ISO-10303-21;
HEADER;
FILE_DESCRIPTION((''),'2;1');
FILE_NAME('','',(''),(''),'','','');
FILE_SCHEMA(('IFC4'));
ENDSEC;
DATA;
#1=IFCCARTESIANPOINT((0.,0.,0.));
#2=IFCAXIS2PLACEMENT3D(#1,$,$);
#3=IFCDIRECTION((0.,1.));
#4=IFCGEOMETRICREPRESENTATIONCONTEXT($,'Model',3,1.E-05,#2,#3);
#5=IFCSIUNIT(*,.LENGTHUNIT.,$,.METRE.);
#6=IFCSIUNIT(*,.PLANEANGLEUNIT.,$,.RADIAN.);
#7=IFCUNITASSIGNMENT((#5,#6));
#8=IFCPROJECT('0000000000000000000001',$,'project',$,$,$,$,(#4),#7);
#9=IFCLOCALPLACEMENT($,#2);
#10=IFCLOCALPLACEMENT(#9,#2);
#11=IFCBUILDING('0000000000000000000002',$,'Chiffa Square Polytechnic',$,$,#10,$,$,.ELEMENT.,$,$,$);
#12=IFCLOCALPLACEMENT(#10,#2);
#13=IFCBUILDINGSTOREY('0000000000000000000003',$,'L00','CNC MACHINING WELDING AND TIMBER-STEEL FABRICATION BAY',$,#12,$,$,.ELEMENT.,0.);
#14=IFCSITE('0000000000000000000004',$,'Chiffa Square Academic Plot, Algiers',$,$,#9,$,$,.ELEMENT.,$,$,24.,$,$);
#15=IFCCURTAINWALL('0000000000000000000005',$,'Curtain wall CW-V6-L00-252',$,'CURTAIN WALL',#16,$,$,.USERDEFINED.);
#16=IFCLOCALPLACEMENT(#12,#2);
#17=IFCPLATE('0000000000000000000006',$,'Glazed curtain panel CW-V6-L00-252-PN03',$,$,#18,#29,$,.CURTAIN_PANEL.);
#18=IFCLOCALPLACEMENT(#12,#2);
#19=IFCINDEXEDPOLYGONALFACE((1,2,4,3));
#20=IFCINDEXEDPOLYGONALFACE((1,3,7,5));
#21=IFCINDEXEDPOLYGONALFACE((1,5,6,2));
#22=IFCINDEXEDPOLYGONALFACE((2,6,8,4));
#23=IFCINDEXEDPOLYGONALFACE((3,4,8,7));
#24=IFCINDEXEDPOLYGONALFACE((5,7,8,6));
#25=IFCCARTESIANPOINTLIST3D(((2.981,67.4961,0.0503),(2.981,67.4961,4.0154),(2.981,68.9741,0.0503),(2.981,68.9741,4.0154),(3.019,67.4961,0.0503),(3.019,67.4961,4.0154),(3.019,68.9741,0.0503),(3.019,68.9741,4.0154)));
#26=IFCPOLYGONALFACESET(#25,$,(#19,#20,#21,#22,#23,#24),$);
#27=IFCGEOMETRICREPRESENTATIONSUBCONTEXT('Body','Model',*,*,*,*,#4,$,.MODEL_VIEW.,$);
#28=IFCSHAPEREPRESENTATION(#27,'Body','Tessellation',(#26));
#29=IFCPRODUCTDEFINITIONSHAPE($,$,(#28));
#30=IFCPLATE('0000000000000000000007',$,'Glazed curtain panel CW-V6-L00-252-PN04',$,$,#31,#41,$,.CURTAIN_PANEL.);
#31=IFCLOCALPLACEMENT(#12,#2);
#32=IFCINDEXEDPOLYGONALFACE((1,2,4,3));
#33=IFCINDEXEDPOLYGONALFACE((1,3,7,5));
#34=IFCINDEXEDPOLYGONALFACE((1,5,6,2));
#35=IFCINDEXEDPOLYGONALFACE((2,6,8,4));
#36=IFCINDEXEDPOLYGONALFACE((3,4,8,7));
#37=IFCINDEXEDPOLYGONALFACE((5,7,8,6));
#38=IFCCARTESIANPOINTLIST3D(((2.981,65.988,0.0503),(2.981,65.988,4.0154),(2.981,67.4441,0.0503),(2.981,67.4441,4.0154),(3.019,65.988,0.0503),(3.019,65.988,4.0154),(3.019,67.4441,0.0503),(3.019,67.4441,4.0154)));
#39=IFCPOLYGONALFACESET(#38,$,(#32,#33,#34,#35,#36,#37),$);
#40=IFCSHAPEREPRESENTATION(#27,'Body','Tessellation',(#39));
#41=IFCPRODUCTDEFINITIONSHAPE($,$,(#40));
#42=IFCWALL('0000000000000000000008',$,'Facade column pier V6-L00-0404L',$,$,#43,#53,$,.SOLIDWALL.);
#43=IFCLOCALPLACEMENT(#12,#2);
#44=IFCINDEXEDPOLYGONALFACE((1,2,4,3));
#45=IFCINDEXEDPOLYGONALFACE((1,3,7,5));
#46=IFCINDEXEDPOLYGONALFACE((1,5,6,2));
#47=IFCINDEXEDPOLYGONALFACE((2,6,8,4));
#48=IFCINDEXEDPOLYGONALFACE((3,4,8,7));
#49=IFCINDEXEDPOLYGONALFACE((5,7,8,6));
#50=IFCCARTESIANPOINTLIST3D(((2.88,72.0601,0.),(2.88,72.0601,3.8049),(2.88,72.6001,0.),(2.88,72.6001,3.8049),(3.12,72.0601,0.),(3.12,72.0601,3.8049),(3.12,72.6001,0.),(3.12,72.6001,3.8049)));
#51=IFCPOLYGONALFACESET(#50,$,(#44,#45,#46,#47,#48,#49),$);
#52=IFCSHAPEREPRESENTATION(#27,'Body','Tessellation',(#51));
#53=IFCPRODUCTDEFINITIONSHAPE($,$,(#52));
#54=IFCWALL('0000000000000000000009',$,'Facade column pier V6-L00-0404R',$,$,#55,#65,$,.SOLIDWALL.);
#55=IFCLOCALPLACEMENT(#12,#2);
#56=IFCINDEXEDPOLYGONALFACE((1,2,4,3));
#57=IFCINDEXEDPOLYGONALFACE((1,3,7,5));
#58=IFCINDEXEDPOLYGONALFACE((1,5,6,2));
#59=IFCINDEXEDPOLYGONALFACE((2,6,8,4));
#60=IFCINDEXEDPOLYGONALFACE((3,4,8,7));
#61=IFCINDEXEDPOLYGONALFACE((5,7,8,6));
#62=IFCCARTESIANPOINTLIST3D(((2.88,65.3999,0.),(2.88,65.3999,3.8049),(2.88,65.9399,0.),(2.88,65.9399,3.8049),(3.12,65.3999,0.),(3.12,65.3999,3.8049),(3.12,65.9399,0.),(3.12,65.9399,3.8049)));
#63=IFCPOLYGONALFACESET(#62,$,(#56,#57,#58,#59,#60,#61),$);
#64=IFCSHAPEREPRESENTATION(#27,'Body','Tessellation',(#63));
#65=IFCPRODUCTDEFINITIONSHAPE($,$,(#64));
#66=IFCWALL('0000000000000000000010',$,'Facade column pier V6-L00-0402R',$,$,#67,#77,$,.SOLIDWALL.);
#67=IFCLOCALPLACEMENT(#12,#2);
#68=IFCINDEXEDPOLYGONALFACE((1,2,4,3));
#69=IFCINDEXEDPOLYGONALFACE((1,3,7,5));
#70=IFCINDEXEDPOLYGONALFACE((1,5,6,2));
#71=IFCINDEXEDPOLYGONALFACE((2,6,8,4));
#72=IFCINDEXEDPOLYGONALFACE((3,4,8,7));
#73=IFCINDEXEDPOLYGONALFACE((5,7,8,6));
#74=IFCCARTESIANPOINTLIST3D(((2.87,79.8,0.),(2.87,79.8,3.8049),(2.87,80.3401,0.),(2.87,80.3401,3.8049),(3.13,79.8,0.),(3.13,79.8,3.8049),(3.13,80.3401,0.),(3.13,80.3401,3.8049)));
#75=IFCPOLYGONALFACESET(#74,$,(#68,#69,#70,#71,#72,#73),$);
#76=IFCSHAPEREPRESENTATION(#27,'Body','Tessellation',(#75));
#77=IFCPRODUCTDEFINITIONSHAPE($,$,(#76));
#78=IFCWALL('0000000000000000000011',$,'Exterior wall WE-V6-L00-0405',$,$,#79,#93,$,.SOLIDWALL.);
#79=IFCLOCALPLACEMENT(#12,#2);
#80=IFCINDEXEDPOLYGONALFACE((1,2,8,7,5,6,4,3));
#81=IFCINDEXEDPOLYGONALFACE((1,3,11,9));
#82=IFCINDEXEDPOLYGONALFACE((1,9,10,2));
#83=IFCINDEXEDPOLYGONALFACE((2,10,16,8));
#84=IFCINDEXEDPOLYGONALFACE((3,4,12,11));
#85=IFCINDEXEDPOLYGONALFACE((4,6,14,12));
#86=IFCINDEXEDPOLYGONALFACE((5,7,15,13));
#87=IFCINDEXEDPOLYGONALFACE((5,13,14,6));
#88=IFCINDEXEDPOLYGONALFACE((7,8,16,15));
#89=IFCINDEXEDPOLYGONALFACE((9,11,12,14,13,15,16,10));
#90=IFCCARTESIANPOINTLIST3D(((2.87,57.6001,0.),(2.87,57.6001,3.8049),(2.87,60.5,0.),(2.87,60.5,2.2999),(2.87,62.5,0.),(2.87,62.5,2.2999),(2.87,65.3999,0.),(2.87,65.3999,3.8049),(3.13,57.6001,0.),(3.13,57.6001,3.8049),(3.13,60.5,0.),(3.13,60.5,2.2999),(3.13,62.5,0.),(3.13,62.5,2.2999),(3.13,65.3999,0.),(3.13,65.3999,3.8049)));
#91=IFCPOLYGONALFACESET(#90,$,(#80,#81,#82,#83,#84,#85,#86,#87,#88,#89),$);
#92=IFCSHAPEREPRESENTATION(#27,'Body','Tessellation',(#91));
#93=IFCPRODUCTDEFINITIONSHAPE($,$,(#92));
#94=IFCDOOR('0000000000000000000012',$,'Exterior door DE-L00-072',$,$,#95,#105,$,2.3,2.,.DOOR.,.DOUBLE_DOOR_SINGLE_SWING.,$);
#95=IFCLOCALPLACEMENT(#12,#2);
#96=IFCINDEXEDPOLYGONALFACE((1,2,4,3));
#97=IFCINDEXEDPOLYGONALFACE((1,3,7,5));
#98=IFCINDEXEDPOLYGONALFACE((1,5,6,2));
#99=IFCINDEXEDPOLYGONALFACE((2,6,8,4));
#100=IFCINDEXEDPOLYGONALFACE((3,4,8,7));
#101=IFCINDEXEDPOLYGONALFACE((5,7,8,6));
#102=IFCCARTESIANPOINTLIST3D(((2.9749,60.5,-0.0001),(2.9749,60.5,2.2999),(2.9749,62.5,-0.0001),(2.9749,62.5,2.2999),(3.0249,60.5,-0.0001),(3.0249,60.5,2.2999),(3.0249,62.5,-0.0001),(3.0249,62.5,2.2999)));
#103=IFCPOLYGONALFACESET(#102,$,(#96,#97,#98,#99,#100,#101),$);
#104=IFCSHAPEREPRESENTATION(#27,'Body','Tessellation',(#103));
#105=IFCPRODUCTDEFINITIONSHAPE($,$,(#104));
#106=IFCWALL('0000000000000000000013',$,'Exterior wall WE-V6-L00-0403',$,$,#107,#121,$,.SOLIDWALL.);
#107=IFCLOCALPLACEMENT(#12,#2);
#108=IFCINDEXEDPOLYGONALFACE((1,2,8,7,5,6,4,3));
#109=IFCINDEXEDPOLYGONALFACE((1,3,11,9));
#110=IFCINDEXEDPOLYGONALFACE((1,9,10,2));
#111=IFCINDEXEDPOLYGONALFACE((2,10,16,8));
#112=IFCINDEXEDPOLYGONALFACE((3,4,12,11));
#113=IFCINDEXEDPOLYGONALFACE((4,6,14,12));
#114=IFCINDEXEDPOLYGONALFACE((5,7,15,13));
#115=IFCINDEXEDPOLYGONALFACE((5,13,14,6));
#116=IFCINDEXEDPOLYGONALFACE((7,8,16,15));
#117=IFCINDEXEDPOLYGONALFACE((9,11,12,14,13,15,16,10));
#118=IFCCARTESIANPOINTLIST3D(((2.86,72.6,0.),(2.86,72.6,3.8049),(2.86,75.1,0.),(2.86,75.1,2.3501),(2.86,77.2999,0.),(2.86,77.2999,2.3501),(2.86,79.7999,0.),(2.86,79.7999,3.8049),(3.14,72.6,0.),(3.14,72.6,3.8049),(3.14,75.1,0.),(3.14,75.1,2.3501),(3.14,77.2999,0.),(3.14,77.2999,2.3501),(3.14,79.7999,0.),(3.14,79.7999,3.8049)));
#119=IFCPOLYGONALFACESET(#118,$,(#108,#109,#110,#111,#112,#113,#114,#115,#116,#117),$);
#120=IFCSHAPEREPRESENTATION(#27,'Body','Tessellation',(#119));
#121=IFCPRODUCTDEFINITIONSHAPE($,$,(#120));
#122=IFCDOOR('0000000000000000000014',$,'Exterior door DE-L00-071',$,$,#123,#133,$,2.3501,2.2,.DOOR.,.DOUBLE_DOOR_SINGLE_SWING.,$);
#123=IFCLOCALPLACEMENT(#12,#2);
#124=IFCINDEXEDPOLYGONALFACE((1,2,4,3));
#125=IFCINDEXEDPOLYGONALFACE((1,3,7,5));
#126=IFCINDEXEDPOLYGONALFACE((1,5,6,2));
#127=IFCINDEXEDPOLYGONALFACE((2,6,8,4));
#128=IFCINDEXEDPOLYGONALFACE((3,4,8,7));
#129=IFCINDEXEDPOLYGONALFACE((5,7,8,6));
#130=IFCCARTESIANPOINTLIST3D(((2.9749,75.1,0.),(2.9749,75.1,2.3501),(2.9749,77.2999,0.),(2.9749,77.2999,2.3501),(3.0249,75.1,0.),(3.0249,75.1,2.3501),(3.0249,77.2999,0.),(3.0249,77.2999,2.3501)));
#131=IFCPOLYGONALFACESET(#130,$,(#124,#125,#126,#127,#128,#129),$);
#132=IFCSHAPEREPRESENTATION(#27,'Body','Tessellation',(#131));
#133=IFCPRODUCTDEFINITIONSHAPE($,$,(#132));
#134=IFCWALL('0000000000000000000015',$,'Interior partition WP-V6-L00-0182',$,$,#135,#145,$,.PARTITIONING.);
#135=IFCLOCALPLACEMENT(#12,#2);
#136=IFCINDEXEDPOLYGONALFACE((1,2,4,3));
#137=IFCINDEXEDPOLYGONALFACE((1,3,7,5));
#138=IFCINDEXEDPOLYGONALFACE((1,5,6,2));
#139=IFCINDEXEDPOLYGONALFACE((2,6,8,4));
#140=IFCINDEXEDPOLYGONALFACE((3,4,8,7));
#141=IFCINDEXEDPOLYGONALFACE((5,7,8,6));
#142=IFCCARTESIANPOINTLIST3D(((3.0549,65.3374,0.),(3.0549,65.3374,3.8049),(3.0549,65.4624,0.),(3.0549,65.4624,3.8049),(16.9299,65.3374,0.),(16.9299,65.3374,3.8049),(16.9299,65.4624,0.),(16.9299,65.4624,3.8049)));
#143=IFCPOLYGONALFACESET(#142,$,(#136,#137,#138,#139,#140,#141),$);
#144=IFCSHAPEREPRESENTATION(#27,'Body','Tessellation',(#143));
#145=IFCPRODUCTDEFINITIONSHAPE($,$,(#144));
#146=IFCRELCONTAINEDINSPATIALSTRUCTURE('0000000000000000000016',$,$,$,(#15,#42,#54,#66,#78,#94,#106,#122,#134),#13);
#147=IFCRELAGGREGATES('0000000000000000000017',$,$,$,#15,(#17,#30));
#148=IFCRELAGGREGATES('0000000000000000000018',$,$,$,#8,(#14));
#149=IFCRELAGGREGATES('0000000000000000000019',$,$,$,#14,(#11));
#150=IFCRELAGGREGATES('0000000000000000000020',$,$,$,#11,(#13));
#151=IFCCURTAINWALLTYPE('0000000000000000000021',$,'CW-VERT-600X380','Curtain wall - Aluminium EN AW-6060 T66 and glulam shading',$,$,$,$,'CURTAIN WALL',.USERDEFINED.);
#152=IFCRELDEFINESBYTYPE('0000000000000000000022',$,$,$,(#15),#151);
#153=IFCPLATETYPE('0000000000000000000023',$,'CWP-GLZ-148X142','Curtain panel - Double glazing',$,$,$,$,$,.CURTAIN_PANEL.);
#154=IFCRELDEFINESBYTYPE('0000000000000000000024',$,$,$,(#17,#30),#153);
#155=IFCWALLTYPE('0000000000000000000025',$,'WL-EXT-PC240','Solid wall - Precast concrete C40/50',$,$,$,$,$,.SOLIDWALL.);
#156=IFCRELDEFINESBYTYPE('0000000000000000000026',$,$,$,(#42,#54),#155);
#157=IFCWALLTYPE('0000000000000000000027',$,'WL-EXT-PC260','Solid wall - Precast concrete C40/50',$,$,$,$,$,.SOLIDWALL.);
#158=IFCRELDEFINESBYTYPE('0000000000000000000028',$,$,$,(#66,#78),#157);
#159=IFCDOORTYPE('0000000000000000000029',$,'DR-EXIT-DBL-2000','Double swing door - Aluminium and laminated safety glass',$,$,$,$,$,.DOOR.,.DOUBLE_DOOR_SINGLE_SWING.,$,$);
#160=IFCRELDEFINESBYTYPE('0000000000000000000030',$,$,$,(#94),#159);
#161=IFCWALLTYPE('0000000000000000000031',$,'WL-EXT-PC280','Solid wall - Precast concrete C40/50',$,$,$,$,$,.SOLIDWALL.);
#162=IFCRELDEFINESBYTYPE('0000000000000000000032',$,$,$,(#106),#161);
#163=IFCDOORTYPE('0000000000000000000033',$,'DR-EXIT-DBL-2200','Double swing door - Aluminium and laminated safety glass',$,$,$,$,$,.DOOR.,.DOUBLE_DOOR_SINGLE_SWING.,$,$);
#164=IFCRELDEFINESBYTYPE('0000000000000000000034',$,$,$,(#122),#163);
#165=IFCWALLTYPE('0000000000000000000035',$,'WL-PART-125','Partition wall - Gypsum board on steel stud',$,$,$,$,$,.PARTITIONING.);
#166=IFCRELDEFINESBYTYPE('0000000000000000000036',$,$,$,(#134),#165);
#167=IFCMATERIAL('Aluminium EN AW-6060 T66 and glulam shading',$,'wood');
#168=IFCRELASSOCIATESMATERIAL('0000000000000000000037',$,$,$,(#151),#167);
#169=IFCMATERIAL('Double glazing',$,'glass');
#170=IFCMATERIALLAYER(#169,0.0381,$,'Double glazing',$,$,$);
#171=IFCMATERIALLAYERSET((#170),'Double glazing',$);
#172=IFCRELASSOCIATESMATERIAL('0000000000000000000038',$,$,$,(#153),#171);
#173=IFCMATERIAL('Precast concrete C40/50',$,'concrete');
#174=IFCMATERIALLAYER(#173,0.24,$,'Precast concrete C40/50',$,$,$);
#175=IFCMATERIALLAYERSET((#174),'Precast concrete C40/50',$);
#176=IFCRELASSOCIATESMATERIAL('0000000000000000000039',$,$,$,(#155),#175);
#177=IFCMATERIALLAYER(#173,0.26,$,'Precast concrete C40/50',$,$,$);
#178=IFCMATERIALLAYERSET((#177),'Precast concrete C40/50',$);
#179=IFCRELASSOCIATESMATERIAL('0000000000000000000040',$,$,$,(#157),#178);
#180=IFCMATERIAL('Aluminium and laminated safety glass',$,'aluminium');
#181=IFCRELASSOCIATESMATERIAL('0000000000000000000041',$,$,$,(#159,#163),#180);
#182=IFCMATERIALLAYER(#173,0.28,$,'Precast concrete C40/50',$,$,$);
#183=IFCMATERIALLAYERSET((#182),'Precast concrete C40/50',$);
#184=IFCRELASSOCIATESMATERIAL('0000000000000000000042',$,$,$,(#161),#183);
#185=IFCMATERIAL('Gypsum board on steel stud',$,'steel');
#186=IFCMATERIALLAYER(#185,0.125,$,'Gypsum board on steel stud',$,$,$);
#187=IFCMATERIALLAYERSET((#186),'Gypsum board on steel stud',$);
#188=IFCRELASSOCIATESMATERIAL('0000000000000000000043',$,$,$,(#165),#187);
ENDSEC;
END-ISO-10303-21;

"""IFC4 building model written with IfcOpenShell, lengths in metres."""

from ifc_helpers import new_model, si_unit, direction, frame, frame_2d, origin, origin_2d, place, context, subcontext, project, spatial, rectangle, extrude, material, layer, layer_set, type_object, element, fill, aggregate, save


model = new_model("IFC4")

# Units and contexts
model_context = context("Model", 3, precision=1e-05, world=origin(), true_north=direction((0.0, 1.0)))
body_context = subcontext(model_context, "Body", "Model", "MODEL_VIEW")
ifc_project = project(units=[si_unit("LENGTHUNIT", "METRE"), si_unit("PLANEANGLEUNIT", "RADIAN")], contexts=[model_context])

# Site, building, storey
site_placement = place(None, origin())
site = spatial("IfcSite", under=ifc_project, at=site_placement, Name="Chiffa Square Academic Plot, Algiers", CompositionType="ELEMENT", RefElevation=24.0)
building_placement = place(site_placement, origin())
building = spatial("IfcBuilding", under=site, at=building_placement, Name="Chiffa Square Polytechnic", CompositionType="ELEMENT")
storey_placement = place(building_placement, origin())
storey = spatial("IfcBuildingStorey", under=building, at=storey_placement, Name="L00", Description="CNC MACHINING WELDING AND TIMBER-STEEL FABRICATION BAY", CompositionType="ELEMENT", Elevation=0.0)

# Curtain wall
ifc_material_1 = material(Name="Aluminium EN AW-6060 T66 and glulam shading", Category="wood")
curtain_wall_type_1 = type_object("IfcCurtainWallType", Name="CW-VERT-600X380", Description="Curtain wall - Aluminium EN AW-6060 T66 and glulam shading", ElementType="CURTAIN WALL", PredefinedType="USERDEFINED", material=ifc_material_1)
curtain_wall_1_placement = place(storey_placement, origin())
curtain_wall_1 = element("IfcCurtainWall", 1, at=curtain_wall_1_placement, inside=storey, type_object=curtain_wall_type_1, Name="Curtain wall CW-V6-L00-252", ObjectType="CURTAIN WALL", PredefinedType="USERDEFINED")

# Plates
ifc_material_2 = material(Name="Double glazing", Category="glass")
ifc_layer_1 = layer(ifc_material_2, 0.0381, Name="Double glazing")
ifc_layer_set_1 = layer_set([ifc_layer_1], Name="Double glazing")
plate_type = type_object("IfcPlateType", Name="CWP-GLZ-148X142", Description="Curtain panel - Double glazing", PredefinedType="CURTAIN_PANEL", material=ifc_layer_set_1)
plate_1_placement = place(storey_placement, frame((3.0, 68.2351, 0.0503), z_axis=(0.0, 0.0, 1.0), x_axis=(0.0, -1.0, 0.0)))
plate_1 = element("IfcPlate", 2, at=plate_1_placement, type_object=plate_type, Name="Glazed curtain panel CW-V6-L00-252-PN03", PredefinedType="CURTAIN_PANEL", context=body_context, shape_type="SweptSolid", body=[
    extrude(rectangle(XDim=1.478, YDim=0.0381, at=origin_2d()), origin(), (0.0, 0.0, 1.0), 3.9651),
])
plate_2_placement = place(storey_placement, frame((3.0, 66.7161, 0.0503), z_axis=(0.0, 0.0, 1.0), x_axis=(0.0, -1.0, 0.0)))
plate_2 = element("IfcPlate", 3, at=plate_2_placement, type_object=plate_type, Name="Glazed curtain panel CW-V6-L00-252-PN04", PredefinedType="CURTAIN_PANEL", context=body_context, shape_type="SweptSolid", body=[
    extrude(rectangle(XDim=1.4561, YDim=0.0381, at=origin_2d()), origin(), (0.0, 0.0, 1.0), 3.9651),
])
aggregate(curtain_wall_1, [plate_1, plate_2])

# Walls
ifc_material_3 = material(Name="Precast concrete C40/50", Category="concrete")
ifc_layer_2 = layer(ifc_material_3, 0.24, Name="Precast concrete C40/50")
ifc_layer_set_2 = layer_set([ifc_layer_2], Name="Precast concrete C40/50")
wall_type_1 = type_object("IfcWallType", Name="WL-EXT-PC240", Description="Solid wall - Precast concrete C40/50", PredefinedType="SOLIDWALL", material=ifc_layer_set_2)
for number, where, z_axis, x_axis, name in (
    (4, (3.0, 72.6001, 0.0), (0.0, 0.0, 1.0), (0.0, -1.0, 0.0), "Facade column pier V6-L00-0404L"),
    (5, (3.0, 65.9399, 0.0), (0.0, 0.0, 1.0), (0.0, -1.0, 0.0), "Facade column pier V6-L00-0404R"),
):
    element("IfcWall", number, at=place(storey_placement, frame(where, z_axis=z_axis, x_axis=x_axis)), inside=storey, type_object=wall_type_1, Name=name, PredefinedType="SOLIDWALL", context=body_context, shape_type="SweptSolid", body=[
        extrude(rectangle(XDim=0.54, YDim=0.24, at=frame_2d((0.27, 0.0))), origin(), (0.0, 0.0, 1.0), 3.8049),
    ])
ifc_layer_3 = layer(ifc_material_3, 0.26, Name="Precast concrete C40/50")
ifc_layer_set_3 = layer_set([ifc_layer_3], Name="Precast concrete C40/50")
wall_type_2 = type_object("IfcWallType", Name="WL-EXT-PC260", Description="Solid wall - Precast concrete C40/50", PredefinedType="SOLIDWALL", material=ifc_layer_set_3)
wall_1_placement = place(storey_placement, frame((3.0, 80.3401, 0.0), z_axis=(0.0, 0.0, 1.0), x_axis=(0.0, -1.0, 0.0)))
element("IfcWall", 6, at=wall_1_placement, inside=storey, type_object=wall_type_2, Name="Facade column pier V6-L00-0402R", PredefinedType="SOLIDWALL", context=body_context, shape_type="SweptSolid", body=[
    extrude(rectangle(XDim=0.54, YDim=0.26, at=frame_2d((0.27, 0.0))), origin(), (0.0, 0.0, 1.0), 3.8049),
])

# Walls, openings, doors
wall_2_placement = place(storey_placement, frame((3.0, 65.3999, 0.0), z_axis=(0.0, 0.0, 1.0), x_axis=(0.0, -1.0, 0.0)))
wall_2 = element("IfcWall", 7, at=wall_2_placement, inside=storey, type_object=wall_type_2, Name="Exterior wall WE-V6-L00-0405", PredefinedType="SOLIDWALL", context=body_context, shape_type="SweptSolid", body=[
    extrude(rectangle(XDim=7.7998, YDim=0.26, at=frame_2d((3.8999, 0.0))), origin(), (0.0, 0.0, 1.0), 3.8049),
])
opening_1_placement = place(wall_2_placement, frame((2.8999, 0.0, 0.0)))
opening_1 = element("IfcOpeningElement", 8, at=opening_1_placement, cuts=wall_2, PredefinedType="OPENING", context=body_context, shape_type="SweptSolid", body=[
    extrude(rectangle(XDim=2.0, YDim=2.3, at=frame_2d((1.0, 1.1499))), frame((0.0, 0.1401, 0.0), z_axis=(0.0, -1.0, 0.0), x_axis=(1.0, 0.0, 0.0)), (0.0, 0.0, 1.0), 0.28),
])
ifc_material_4 = material(Name="Aluminium and laminated safety glass", Category="aluminium")
door_type_1 = type_object("IfcDoorType", Name="DR-EXIT-DBL-2000", Description="Double swing door - Aluminium and laminated safety glass", OperationType="DOUBLE_DOOR_SINGLE_SWING", PredefinedType="DOOR", material=ifc_material_4)
door_1_placement = place(opening_1_placement, origin())
door_1 = element("IfcDoor", 9, at=door_1_placement, inside=storey, type_object=door_type_1, Name="Exterior door DE-L00-072", OperationType="DOUBLE_DOOR_SINGLE_SWING", OverallHeight=2.3, OverallWidth=2.0, PredefinedType="DOOR", context=body_context, shape_type="SweptSolid", body=[
    extrude(rectangle(XDim=2.0, YDim=2.3, at=frame_2d((1.0, 1.1499))), frame((0.0, 0.0249, 0.0), z_axis=(0.0, -1.0, 0.0), x_axis=(1.0, 0.0, 0.0)), (0.0, 0.0, 1.0), 0.05),
])
fill(opening_1, door_1)
ifc_layer_4 = layer(ifc_material_3, 0.28, Name="Precast concrete C40/50")
ifc_layer_set_4 = layer_set([ifc_layer_4], Name="Precast concrete C40/50")
wall_type_3 = type_object("IfcWallType", Name="WL-EXT-PC280", Description="Solid wall - Precast concrete C40/50", PredefinedType="SOLIDWALL", material=ifc_layer_set_4)
wall_3_placement = place(storey_placement, frame((3.0, 79.8, 0.0), z_axis=(0.0, 0.0, 1.0), x_axis=(0.0, -1.0, 0.0)))
wall_3 = element("IfcWall", 10, at=wall_3_placement, inside=storey, type_object=wall_type_3, Name="Exterior wall WE-V6-L00-0403", PredefinedType="SOLIDWALL", context=body_context, shape_type="SweptSolid", body=[
    extrude(rectangle(XDim=7.2, YDim=0.28, at=frame_2d((3.6001, 0.0))), origin(), (0.0, 0.0, 1.0), 3.8049),
])
opening_2_placement = place(wall_3_placement, frame((2.5, 0.0, 0.0)))
opening_2 = element("IfcOpeningElement", 11, at=opening_2_placement, cuts=wall_3, PredefinedType="OPENING", context=body_context, shape_type="SweptSolid", body=[
    extrude(rectangle(XDim=2.2, YDim=2.3501, at=frame_2d((1.1001, 1.175))), frame((0.0, 0.1499, 0.0), z_axis=(0.0, -1.0, 0.0), x_axis=(1.0, 0.0, 0.0)), (0.0, 0.0, 1.0), 0.3),
])
door_type_2 = type_object("IfcDoorType", Name="DR-EXIT-DBL-2200", Description="Double swing door - Aluminium and laminated safety glass", OperationType="DOUBLE_DOOR_SINGLE_SWING", PredefinedType="DOOR", material=ifc_material_4)
door_2_placement = place(opening_2_placement, origin())
door_2 = element("IfcDoor", 12, at=door_2_placement, inside=storey, type_object=door_type_2, Name="Exterior door DE-L00-071", OperationType="DOUBLE_DOOR_SINGLE_SWING", OverallHeight=2.3501, OverallWidth=2.2, PredefinedType="DOOR", context=body_context, shape_type="SweptSolid", body=[
    extrude(rectangle(XDim=2.2, YDim=2.3501, at=frame_2d((1.1001, 1.175))), frame((0.0, 0.0249, 0.0), z_axis=(0.0, -1.0, 0.0), x_axis=(1.0, 0.0, 0.0)), (0.0, 0.0, 1.0), 0.05),
])
fill(opening_2, door_2)

# Wall
ifc_material_5 = material(Name="Gypsum board on steel stud", Category="steel")
ifc_layer_5 = layer(ifc_material_5, 0.125, Name="Gypsum board on steel stud")
ifc_layer_set_5 = layer_set([ifc_layer_5], Name="Gypsum board on steel stud")
wall_type_4 = type_object("IfcWallType", Name="WL-PART-125", Description="Partition wall - Gypsum board on steel stud", PredefinedType="PARTITIONING", material=ifc_layer_set_5)
wall_4_placement = place(storey_placement, frame((3.0549, 65.3999, 0.0), z_axis=(0.0, 0.0, 1.0), x_axis=(1.0, 0.0, 0.0)))
element("IfcWall", 13, at=wall_4_placement, inside=storey, type_object=wall_type_4, Name="Interior partition WP-V6-L00-0182", PredefinedType="PARTITIONING", context=body_context, shape_type="SweptSolid", body=[
    extrude(rectangle(XDim=13.875, YDim=0.125, at=frame_2d((6.9375, 0.0))), origin(), (0.0, 0.0, 1.0), 3.8049),
])

save(model, "model.ifc")
